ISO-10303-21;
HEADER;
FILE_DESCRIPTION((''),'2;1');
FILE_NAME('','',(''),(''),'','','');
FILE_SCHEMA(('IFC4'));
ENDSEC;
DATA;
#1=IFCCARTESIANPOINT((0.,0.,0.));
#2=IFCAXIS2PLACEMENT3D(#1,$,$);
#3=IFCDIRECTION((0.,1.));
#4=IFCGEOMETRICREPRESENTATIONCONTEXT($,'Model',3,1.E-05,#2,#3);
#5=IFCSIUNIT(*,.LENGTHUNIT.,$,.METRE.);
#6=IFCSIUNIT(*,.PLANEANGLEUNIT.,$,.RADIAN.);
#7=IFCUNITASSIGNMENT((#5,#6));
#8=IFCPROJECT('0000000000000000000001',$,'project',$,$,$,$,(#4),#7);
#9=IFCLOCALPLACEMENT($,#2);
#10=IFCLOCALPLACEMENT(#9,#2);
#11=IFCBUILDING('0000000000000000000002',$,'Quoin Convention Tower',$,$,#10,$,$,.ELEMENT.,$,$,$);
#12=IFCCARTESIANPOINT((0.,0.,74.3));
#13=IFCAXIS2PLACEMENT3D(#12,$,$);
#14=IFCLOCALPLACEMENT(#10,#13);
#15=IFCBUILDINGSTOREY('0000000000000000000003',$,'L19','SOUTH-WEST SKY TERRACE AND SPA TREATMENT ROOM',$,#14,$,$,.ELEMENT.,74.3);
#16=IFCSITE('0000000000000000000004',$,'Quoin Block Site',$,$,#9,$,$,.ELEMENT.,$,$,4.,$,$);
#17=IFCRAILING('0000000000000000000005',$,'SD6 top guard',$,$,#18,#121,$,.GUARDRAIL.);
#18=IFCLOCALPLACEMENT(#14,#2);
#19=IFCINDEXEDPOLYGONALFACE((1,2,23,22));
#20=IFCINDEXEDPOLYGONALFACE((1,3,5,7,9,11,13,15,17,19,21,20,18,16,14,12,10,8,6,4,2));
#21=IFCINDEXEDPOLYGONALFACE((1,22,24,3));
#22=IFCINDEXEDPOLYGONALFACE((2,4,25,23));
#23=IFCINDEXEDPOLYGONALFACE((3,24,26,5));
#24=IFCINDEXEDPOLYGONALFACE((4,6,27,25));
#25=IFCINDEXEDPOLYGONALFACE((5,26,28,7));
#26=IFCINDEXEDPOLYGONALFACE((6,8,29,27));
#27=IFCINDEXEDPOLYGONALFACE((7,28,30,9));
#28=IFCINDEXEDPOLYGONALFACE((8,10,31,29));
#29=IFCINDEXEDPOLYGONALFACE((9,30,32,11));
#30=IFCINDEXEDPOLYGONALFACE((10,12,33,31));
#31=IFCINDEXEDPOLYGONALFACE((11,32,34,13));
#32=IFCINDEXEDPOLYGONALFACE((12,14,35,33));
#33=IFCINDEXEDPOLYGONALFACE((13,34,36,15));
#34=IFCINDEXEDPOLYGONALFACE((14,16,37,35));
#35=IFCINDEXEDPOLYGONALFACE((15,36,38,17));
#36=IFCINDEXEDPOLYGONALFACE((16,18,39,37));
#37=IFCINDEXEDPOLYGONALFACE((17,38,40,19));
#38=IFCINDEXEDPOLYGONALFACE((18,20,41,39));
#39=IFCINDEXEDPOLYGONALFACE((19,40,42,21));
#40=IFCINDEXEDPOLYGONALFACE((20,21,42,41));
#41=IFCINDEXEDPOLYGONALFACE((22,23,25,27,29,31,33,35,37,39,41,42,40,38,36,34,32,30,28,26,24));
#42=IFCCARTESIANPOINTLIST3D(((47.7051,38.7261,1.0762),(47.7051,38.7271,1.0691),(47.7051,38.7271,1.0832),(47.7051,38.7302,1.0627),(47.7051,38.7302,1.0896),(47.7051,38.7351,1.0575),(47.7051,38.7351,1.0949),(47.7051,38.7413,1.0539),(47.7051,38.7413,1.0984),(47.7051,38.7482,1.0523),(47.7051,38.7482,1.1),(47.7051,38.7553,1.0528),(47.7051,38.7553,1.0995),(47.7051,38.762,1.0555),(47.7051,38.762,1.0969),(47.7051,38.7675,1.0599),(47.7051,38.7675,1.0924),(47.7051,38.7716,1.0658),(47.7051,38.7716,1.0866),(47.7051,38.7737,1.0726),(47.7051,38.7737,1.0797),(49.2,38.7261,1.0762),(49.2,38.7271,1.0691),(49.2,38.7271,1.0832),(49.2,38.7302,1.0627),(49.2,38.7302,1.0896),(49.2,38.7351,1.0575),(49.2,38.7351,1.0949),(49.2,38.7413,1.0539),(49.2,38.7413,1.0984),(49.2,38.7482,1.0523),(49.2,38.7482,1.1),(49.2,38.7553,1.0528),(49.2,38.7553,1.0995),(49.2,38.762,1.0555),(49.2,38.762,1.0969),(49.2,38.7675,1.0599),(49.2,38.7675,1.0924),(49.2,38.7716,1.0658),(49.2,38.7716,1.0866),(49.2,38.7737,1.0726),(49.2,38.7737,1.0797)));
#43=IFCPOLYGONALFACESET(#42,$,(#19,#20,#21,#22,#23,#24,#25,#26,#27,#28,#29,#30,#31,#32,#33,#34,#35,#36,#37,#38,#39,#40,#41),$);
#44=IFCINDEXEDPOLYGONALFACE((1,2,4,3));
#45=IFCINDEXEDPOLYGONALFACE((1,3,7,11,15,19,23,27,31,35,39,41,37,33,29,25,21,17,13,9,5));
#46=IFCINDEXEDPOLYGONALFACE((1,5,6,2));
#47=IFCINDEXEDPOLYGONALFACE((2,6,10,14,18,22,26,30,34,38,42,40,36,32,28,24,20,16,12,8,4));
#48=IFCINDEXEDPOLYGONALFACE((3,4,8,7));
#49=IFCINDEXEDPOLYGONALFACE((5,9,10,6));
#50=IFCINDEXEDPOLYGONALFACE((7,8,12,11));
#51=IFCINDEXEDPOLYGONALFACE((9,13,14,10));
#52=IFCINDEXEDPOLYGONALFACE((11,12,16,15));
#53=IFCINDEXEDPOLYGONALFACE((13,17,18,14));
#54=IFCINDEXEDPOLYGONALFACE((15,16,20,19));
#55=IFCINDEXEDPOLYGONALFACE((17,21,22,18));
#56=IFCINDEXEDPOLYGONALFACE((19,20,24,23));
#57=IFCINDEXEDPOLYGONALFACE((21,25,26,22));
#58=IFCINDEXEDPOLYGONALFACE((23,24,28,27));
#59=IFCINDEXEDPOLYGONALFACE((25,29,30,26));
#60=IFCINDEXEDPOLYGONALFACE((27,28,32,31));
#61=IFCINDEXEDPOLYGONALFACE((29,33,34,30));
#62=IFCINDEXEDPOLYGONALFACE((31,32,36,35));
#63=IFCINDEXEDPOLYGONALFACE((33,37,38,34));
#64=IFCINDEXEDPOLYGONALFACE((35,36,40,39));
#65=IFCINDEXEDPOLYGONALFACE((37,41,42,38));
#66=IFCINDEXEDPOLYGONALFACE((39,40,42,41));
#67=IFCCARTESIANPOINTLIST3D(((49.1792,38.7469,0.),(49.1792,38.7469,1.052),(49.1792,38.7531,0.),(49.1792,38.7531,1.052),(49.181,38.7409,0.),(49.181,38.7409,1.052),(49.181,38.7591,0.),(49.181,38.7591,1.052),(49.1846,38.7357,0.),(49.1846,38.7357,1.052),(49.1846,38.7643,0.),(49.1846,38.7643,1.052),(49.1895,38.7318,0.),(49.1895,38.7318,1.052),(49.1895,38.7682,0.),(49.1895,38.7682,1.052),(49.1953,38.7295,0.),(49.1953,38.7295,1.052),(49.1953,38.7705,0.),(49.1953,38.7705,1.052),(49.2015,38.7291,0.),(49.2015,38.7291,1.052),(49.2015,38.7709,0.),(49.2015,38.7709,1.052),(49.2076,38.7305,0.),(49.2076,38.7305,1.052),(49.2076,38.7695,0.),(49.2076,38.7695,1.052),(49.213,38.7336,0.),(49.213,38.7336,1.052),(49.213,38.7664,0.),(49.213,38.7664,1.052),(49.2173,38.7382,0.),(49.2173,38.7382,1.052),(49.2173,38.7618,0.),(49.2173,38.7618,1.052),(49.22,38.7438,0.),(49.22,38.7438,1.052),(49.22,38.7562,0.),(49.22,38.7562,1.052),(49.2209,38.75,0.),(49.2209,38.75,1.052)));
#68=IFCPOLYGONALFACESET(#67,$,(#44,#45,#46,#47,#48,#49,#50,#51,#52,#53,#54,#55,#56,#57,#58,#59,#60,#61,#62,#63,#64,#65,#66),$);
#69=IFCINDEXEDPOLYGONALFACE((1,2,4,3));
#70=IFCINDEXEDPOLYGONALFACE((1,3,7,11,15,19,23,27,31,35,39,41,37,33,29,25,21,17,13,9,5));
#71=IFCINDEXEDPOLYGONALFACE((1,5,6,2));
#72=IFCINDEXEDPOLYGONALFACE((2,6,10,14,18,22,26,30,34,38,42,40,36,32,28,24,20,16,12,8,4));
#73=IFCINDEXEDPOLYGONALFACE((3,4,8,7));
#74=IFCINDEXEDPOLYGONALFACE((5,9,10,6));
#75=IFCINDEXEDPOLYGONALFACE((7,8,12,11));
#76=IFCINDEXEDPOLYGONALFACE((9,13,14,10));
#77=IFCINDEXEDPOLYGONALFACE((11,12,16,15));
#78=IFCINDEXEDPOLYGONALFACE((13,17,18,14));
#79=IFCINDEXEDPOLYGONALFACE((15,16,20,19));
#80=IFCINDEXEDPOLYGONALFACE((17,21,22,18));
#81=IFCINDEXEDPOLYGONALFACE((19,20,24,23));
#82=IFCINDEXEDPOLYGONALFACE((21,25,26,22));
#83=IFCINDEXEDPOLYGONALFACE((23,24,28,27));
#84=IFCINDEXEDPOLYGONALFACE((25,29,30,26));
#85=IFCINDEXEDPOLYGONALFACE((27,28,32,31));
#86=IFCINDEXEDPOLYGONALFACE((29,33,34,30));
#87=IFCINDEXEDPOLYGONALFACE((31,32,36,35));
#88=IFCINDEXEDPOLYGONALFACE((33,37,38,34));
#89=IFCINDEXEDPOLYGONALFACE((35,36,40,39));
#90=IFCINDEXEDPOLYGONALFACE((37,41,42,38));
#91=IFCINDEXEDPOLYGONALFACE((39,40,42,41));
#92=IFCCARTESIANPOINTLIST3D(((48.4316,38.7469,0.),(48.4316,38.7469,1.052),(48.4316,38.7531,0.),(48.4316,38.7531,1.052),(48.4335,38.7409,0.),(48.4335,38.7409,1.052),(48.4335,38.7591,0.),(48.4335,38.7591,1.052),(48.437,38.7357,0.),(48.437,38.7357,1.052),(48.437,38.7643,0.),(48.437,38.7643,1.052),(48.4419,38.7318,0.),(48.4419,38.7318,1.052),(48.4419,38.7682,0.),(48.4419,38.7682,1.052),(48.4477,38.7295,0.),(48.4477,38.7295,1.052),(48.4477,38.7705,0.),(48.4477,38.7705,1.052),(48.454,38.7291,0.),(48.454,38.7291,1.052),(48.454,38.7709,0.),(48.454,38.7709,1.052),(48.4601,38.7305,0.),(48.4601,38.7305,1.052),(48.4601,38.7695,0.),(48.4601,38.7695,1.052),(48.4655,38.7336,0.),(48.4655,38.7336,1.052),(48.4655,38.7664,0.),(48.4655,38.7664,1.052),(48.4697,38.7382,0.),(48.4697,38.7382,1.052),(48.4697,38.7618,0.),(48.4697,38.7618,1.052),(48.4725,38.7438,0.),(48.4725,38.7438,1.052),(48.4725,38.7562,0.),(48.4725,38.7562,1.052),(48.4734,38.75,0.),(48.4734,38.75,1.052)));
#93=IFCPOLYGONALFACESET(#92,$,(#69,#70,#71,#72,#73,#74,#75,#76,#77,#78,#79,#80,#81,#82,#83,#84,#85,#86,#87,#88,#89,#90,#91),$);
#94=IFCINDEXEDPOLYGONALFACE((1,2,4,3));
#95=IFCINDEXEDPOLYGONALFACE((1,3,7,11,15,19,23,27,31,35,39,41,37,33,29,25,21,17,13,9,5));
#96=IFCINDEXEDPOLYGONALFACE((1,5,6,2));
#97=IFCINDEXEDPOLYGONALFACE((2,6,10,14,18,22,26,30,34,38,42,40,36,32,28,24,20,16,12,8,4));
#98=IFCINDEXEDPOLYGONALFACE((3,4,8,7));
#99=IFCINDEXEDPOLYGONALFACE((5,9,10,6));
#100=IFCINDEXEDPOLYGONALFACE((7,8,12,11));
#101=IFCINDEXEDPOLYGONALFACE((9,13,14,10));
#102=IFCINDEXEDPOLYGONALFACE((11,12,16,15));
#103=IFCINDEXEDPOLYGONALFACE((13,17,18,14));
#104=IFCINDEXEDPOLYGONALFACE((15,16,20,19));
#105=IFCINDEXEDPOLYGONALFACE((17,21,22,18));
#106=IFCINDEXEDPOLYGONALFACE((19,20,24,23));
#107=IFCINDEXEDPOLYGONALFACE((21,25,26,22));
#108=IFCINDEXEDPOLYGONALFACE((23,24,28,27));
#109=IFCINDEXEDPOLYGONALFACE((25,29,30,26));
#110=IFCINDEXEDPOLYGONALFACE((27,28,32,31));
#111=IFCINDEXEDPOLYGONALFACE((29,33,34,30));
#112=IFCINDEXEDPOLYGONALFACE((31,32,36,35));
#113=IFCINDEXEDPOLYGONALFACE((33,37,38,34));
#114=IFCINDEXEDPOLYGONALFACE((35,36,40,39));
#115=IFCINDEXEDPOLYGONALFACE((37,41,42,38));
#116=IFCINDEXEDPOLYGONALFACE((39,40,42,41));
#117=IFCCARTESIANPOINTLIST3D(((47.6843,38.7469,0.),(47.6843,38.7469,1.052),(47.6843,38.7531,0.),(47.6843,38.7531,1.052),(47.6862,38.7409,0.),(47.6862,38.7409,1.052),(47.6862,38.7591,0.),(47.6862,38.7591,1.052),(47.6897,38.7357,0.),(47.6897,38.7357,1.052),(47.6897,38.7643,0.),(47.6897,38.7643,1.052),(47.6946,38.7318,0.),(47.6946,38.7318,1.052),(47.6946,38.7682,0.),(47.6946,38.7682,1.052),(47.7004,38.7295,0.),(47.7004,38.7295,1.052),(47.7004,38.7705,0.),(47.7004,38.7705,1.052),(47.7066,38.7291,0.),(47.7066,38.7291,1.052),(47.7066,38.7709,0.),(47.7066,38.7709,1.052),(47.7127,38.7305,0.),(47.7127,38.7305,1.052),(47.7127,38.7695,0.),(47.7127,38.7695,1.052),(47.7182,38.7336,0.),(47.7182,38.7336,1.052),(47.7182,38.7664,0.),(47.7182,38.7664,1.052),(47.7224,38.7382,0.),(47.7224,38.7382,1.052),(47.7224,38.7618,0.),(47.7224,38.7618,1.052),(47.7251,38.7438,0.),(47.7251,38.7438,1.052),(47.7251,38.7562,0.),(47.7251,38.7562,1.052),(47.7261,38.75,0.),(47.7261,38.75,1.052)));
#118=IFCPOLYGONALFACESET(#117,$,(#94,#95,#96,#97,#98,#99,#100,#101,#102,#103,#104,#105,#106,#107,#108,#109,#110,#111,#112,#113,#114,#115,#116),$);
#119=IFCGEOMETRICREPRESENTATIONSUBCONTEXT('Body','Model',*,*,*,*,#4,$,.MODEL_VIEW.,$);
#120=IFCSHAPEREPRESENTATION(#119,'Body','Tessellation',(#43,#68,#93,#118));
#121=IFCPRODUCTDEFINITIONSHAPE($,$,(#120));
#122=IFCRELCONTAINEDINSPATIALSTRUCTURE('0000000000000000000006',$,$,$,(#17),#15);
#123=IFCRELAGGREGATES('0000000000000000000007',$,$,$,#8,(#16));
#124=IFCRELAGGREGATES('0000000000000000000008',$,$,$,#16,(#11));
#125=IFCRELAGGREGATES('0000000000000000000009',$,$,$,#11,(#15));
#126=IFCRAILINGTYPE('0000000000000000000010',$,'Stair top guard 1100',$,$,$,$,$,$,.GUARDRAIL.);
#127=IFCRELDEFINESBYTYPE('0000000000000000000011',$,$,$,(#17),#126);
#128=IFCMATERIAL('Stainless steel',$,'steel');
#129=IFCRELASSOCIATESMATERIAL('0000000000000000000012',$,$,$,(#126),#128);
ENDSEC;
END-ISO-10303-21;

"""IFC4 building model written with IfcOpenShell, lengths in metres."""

from ifc_helpers import new_model, si_unit, direction, frame, origin, origin_2d, place, context, subcontext, project, spatial, circle, extrude, material, type_object, element, save


model = new_model("IFC4")

# Units and contexts
model_context = context("Model", 3, precision=1e-05, world=origin(), true_north=direction((0.0, 1.0)))
body_context = subcontext(model_context, "Body", "Model", "MODEL_VIEW")
ifc_project = project(units=[si_unit("LENGTHUNIT", "METRE"), si_unit("PLANEANGLEUNIT", "RADIAN")], contexts=[model_context])

# Site, building, storey
site_placement = place(None, origin())
site = spatial("IfcSite", under=ifc_project, at=site_placement, Name="Quoin Block Site", CompositionType="ELEMENT", RefElevation=4.0)
building_placement = place(site_placement, origin())
building = spatial("IfcBuilding", under=site, at=building_placement, Name="Quoin Convention Tower", CompositionType="ELEMENT")
storey_placement = place(building_placement, frame((0.0, 0.0, 74.3)))
storey = spatial("IfcBuildingStorey", under=building, at=storey_placement, Name="L19", Description="SOUTH-WEST SKY TERRACE AND SPA TREATMENT ROOM", CompositionType="ELEMENT", Elevation=74.3)

# Railing
ifc_material_1 = material(Name="Stainless steel", Category="steel")
railing_type_1 = type_object("IfcRailingType", Name="Stair top guard 1100", PredefinedType="GUARDRAIL", material=ifc_material_1)
railing_1_placement = place(storey_placement, frame((49.2, 38.75, 0.0)))
element("IfcRailing", 1, at=railing_1_placement, inside=storey, type_object=railing_type_1, Name="SD6 top guard", PredefinedType="GUARDRAIL", context=body_context, shape_type="SweptSolid", body=[
    extrude(circle(Radius=0.0239, at=origin_2d()), frame((0.0, 0.0, 1.0762), z_axis=(-1.0, 0.0, 0.0), x_axis=(0.0, -1.0, 0.0)), (0.0, 0.0, 1.0), 1.4949),
    extrude(circle(Radius=0.021, at=origin_2d()), origin(), (0.0, 0.0, 1.0), 1.052),
    extrude(circle(Radius=0.021, at=origin_2d()), frame((-0.7476, 0.0, 0.0)), (0.0, 0.0, 1.0), 1.052),
    extrude(circle(Radius=0.021, at=origin_2d()), frame((-1.4949, 0.0, 0.0)), (0.0, 0.0, 1.0), 1.052),
])

save(model, "model.ifc")
